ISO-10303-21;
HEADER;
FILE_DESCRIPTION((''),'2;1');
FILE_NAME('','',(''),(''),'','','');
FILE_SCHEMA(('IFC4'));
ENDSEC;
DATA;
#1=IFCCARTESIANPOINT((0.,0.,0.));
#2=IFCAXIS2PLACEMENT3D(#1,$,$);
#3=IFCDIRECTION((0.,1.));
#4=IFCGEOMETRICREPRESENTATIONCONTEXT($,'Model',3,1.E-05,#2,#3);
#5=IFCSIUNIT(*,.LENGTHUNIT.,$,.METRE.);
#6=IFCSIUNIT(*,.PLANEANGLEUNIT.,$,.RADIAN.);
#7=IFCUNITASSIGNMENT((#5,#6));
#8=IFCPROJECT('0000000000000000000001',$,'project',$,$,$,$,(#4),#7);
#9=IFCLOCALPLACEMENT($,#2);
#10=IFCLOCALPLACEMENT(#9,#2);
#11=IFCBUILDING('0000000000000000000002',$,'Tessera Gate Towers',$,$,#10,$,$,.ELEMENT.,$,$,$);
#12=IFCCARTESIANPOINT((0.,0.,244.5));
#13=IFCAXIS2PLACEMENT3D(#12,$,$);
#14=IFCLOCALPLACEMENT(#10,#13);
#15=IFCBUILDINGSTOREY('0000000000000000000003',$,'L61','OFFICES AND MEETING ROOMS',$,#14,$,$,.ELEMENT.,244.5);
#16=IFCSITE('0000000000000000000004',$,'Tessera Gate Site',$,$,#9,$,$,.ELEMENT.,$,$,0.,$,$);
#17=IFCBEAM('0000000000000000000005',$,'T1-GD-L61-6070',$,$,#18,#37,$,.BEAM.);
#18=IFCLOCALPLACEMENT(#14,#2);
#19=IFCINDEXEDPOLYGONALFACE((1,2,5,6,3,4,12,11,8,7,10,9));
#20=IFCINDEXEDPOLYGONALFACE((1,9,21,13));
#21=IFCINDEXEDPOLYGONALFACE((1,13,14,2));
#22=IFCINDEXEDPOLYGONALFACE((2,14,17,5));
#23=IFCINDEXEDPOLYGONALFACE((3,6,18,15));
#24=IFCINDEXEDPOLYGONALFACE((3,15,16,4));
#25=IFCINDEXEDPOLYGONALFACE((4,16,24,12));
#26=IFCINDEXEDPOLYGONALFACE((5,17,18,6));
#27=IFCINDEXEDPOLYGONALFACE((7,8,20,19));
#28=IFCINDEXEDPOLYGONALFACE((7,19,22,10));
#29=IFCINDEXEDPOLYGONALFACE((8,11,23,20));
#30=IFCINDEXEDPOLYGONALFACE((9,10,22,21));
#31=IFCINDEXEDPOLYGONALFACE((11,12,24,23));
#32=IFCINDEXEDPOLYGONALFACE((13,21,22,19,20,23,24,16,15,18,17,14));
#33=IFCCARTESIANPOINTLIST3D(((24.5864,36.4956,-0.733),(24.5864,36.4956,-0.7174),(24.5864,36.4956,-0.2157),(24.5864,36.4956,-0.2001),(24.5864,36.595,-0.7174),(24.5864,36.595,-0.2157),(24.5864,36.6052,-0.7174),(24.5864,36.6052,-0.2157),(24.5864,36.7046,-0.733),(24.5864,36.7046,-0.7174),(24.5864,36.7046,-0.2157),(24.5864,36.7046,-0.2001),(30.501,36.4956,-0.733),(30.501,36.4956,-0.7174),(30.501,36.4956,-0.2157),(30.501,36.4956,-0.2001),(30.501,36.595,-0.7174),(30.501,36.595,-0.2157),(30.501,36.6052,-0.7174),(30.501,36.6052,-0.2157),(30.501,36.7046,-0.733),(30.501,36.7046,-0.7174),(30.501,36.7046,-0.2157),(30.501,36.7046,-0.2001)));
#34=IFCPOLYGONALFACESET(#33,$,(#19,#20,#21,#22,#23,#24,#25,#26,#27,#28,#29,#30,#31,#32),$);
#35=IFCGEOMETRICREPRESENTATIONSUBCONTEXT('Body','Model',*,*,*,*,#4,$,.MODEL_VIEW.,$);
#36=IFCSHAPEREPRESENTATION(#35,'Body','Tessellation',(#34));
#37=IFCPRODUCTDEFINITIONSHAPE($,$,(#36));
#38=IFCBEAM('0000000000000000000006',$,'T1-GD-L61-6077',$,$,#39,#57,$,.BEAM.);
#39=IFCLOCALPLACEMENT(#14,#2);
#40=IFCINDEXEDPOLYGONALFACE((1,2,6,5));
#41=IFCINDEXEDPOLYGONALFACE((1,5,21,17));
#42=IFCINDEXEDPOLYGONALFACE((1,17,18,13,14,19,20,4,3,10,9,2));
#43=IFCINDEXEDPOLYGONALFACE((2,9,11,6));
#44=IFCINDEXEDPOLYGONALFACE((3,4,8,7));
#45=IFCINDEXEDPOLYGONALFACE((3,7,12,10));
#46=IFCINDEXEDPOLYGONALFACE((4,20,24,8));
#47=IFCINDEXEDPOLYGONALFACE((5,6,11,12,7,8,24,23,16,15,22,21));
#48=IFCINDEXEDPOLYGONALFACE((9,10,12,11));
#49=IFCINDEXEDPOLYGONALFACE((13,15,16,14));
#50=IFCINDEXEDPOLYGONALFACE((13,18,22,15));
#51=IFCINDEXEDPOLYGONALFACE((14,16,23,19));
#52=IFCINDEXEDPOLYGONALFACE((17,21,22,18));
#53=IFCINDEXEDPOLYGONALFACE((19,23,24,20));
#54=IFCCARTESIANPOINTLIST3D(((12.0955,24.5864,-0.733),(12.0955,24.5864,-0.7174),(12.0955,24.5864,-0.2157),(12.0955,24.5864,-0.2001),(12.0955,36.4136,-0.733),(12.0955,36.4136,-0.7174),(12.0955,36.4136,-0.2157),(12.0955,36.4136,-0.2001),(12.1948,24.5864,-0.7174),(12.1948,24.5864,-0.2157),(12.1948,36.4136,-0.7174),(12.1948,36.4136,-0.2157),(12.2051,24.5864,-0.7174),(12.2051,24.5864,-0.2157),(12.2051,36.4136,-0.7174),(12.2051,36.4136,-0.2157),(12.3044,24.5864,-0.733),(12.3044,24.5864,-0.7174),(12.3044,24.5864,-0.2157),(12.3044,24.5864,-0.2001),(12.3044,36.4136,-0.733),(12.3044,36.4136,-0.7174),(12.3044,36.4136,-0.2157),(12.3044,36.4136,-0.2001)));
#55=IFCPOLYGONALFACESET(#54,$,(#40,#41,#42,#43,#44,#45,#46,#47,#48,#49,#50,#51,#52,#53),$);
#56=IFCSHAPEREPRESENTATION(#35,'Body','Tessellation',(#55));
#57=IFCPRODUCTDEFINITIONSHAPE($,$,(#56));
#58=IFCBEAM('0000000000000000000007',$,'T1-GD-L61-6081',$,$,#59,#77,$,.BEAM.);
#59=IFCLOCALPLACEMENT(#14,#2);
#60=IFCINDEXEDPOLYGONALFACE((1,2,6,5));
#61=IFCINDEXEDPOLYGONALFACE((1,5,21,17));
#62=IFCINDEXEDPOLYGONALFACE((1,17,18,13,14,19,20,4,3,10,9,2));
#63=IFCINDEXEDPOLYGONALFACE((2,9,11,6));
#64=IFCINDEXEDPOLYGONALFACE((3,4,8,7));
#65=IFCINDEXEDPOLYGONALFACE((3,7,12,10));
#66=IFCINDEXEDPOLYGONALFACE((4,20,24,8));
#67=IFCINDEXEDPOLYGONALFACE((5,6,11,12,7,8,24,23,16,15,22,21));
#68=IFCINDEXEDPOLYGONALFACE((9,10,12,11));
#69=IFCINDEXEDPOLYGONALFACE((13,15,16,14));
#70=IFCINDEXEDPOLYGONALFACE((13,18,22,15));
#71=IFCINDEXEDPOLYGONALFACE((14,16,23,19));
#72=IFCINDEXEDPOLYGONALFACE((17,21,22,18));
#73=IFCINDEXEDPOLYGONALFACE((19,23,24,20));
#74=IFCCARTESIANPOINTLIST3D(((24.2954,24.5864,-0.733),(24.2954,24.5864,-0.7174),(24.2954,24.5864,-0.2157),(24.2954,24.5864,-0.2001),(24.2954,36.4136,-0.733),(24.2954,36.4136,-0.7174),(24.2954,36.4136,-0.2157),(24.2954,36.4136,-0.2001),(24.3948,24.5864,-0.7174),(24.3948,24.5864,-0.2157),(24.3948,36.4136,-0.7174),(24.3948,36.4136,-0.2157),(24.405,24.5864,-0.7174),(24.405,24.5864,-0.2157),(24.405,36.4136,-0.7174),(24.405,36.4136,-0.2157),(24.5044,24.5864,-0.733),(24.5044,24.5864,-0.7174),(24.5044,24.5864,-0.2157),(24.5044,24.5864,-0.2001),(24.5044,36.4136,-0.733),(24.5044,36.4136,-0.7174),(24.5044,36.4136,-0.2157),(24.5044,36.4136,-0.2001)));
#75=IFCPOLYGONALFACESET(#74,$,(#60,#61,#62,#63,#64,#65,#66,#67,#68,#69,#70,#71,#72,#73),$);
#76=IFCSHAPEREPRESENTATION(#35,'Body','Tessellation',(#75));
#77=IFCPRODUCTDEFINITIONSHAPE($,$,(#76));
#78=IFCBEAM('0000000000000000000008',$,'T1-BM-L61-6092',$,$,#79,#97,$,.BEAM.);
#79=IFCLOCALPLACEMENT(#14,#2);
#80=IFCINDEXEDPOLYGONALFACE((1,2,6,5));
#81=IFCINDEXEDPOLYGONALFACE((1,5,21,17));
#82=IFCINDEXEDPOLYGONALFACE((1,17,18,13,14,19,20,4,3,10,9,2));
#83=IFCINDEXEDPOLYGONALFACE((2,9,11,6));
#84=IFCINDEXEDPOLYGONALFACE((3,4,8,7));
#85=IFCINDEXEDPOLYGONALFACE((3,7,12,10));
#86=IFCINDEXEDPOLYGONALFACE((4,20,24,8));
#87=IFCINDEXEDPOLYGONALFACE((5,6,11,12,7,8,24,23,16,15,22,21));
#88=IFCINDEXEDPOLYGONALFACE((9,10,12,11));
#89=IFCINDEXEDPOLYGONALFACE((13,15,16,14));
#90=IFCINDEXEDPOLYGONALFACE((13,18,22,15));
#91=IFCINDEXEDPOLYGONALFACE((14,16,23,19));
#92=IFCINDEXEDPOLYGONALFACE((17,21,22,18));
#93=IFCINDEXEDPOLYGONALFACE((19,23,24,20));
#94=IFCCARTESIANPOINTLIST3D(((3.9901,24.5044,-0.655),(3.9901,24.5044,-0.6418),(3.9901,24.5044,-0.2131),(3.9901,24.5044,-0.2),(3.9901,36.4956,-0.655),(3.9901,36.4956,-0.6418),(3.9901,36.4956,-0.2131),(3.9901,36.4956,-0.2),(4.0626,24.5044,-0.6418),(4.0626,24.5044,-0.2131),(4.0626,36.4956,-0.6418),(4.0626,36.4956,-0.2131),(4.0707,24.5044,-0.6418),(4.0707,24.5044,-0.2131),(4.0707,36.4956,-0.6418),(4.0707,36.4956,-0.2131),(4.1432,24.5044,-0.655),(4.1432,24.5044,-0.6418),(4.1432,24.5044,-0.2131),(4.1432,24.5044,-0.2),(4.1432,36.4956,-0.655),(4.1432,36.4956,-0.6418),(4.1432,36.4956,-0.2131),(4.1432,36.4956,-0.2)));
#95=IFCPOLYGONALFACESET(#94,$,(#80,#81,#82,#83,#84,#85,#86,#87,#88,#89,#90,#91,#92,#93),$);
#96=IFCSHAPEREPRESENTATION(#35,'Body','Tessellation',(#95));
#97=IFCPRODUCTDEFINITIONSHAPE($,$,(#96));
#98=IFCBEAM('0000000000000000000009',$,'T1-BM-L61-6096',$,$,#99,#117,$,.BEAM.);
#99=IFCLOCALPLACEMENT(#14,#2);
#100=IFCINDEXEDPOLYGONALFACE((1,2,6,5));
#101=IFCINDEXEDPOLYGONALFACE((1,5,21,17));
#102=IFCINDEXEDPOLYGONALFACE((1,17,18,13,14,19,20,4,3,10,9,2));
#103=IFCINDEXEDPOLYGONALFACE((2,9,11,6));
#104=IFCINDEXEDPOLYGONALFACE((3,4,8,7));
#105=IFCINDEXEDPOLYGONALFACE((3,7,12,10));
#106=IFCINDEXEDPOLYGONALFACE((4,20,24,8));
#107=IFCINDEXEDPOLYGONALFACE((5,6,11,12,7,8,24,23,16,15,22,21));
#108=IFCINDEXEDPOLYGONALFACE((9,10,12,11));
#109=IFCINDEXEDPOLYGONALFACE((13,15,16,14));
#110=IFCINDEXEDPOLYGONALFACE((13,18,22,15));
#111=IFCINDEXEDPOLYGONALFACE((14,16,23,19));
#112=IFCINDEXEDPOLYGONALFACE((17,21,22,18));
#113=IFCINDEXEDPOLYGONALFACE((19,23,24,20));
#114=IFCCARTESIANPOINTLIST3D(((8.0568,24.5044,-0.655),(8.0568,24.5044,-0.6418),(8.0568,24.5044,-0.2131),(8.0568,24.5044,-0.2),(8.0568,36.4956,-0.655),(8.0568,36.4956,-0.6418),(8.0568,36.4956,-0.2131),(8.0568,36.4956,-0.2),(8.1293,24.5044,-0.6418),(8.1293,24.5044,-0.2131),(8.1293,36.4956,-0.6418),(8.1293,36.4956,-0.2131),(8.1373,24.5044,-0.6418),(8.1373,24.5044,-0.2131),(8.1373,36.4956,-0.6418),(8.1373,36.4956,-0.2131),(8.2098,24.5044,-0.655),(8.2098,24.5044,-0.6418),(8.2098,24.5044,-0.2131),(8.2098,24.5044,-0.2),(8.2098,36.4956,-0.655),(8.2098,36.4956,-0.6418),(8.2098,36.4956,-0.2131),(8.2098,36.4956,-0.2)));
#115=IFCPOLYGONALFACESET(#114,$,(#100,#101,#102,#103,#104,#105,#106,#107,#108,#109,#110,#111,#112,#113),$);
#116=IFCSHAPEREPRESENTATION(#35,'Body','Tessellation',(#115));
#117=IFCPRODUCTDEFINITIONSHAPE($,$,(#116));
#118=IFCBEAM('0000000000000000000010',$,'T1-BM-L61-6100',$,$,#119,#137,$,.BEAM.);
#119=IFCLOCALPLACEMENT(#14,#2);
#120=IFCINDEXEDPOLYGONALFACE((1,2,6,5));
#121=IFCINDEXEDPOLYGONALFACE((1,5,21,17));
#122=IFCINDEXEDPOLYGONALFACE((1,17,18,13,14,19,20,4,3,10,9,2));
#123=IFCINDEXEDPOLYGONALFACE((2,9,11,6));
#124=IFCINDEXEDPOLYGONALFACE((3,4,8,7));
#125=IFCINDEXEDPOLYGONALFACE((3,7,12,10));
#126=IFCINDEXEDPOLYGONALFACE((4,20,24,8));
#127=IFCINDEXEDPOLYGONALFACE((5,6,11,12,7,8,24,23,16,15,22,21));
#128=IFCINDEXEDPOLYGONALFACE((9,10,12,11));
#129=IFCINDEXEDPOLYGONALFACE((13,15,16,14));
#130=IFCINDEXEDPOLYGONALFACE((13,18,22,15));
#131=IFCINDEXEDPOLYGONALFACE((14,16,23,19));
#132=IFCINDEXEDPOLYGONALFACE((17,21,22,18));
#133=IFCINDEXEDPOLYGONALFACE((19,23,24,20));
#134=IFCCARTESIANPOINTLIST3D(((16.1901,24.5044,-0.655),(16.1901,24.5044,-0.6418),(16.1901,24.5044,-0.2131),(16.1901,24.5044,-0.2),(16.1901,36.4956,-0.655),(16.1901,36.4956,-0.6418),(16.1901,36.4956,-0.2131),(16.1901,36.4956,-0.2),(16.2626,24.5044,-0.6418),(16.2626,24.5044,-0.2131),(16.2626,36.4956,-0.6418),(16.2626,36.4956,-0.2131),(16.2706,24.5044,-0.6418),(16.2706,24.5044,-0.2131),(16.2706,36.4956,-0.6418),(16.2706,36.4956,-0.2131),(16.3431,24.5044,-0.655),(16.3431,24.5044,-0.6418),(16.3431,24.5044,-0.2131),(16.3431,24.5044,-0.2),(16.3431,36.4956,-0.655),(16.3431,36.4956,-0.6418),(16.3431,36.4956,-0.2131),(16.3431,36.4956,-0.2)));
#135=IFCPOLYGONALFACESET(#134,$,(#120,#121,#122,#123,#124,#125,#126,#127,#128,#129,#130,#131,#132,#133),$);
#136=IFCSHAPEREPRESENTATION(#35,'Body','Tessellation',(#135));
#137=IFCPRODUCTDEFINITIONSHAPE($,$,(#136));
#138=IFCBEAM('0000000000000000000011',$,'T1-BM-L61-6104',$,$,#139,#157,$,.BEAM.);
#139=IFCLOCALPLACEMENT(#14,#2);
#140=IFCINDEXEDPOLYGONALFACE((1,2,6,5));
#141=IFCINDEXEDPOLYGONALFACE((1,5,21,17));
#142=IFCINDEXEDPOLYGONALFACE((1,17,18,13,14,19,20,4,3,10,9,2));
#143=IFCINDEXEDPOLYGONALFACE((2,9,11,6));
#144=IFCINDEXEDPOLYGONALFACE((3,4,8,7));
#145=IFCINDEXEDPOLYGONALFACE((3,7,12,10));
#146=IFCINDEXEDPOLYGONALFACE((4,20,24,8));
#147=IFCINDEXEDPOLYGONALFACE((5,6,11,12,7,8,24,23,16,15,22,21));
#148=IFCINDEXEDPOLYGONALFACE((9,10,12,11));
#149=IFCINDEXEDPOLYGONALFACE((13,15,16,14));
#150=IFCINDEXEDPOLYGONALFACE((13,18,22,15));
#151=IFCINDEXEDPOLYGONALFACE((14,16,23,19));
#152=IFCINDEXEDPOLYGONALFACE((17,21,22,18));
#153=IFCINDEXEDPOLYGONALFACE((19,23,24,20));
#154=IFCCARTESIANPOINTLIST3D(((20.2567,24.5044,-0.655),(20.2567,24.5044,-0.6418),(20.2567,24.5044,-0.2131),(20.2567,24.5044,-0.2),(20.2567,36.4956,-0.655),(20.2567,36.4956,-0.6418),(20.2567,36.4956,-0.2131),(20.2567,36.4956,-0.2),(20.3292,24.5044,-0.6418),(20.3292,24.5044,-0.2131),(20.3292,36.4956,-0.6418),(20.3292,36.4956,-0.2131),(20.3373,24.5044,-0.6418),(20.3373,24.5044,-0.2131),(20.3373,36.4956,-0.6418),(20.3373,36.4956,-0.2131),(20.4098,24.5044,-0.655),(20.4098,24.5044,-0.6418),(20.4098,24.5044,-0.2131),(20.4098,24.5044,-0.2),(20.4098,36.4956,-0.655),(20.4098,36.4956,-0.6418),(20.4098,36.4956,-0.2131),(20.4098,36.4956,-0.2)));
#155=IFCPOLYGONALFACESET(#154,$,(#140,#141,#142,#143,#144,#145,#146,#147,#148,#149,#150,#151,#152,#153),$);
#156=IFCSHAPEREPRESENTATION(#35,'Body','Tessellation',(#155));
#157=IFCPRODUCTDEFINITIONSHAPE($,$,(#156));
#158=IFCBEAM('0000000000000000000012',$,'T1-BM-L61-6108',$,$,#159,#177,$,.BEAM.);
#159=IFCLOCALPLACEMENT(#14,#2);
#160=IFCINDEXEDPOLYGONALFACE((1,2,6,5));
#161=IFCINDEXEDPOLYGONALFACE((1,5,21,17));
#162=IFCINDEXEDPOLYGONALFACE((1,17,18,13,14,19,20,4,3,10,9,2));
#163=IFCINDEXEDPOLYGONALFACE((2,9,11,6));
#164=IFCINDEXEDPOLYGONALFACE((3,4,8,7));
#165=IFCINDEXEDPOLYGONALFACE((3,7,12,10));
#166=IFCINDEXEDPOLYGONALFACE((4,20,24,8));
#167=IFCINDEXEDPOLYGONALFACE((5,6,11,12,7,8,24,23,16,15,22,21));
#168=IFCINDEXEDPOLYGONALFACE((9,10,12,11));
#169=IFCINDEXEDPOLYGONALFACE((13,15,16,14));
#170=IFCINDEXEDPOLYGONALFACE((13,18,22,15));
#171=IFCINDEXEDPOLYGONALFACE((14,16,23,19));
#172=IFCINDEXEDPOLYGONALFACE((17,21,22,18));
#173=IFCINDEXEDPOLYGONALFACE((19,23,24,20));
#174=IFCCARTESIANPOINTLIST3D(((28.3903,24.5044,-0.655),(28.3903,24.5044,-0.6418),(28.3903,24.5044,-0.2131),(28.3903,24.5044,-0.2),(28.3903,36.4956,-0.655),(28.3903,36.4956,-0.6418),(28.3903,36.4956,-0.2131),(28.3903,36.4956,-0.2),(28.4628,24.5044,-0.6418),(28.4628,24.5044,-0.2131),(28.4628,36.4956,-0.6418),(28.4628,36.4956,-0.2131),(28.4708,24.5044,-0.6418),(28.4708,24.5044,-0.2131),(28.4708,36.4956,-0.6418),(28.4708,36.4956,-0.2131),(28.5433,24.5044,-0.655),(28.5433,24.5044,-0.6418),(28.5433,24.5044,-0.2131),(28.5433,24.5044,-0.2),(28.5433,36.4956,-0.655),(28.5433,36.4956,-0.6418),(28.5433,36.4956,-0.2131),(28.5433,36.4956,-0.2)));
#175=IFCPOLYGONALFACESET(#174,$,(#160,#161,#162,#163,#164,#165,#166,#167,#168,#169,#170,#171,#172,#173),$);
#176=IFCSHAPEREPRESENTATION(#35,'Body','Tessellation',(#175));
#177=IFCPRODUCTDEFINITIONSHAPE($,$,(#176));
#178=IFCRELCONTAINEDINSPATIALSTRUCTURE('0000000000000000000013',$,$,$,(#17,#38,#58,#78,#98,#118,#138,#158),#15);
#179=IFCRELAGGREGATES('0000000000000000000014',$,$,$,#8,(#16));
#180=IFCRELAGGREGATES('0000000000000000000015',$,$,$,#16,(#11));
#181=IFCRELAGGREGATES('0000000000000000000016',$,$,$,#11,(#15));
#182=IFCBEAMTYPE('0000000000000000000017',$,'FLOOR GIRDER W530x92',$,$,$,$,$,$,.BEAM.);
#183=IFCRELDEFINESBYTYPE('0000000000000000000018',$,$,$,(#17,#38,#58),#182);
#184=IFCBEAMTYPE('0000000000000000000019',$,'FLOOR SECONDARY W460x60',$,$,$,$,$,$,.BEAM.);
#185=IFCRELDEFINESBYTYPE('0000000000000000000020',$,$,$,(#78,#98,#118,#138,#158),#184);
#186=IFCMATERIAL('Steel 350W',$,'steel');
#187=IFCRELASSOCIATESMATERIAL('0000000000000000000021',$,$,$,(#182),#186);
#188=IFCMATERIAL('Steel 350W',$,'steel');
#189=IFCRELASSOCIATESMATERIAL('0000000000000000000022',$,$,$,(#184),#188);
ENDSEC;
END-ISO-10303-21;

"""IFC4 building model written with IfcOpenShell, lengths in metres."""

from ifc_helpers import new_model, si_unit, direction, frame, origin, origin_2d, place, context, subcontext, project, spatial, i_section, extrude, material, material_profile, profile_set, type_object, element, save


model = new_model("IFC4")

# Units and contexts
model_context = context("Model", 3, precision=1e-05, world=origin(), true_north=direction((0.0, 1.0)))
body_context = subcontext(model_context, "Body", "Model", "MODEL_VIEW")
ifc_project = project(units=[si_unit("LENGTHUNIT", "METRE"), si_unit("PLANEANGLEUNIT", "RADIAN")], contexts=[model_context])

# Site, building, storey
site_placement = place(None, origin())
site = spatial("IfcSite", under=ifc_project, at=site_placement, Name="Tessera Gate Site", CompositionType="ELEMENT", RefElevation=0.0)
building_placement = place(site_placement, origin())
building = spatial("IfcBuilding", under=site, at=building_placement, Name="Tessera Gate Towers", CompositionType="ELEMENT")
storey_placement = place(building_placement, frame((0.0, 0.0, 244.5)))
storey = spatial("IfcBuildingStorey", under=building, at=storey_placement, Name="L61", Description="OFFICES AND MEETING ROOMS", CompositionType="ELEMENT", Elevation=244.5)

# Beams
ifc_material_1 = material(Name="Steel 350W", Category="steel")
ifc_material_profile_1 = material_profile(ifc_material_1, i_section(OverallWidth=0.209, OverallDepth=0.533, WebThickness=0.0103, FlangeThickness=0.0156, at=origin_2d()), Name="W530x92")
ifc_profile_set_1 = profile_set([ifc_material_profile_1], Name="Steel 350W")
beam_type_1 = type_object("IfcBeamType", Name="FLOOR GIRDER W530x92", PredefinedType="BEAM", material=ifc_profile_set_1)
beam_1_placement = place(storey_placement, frame((24.5864, 36.6001, -0.4666), z_axis=(1.0, 0.0, 0.0), x_axis=(0.0, 1.0, 0.0)))
element("IfcBeam", 1, at=beam_1_placement, inside=storey, type_object=beam_type_1, Name="T1-GD-L61-6070", PredefinedType="BEAM", context=body_context, shape_type="SweptSolid", body=[
    extrude(i_section(OverallWidth=0.209, OverallDepth=0.533, WebThickness=0.0103, FlangeThickness=0.0156, at=origin_2d()), origin(), (0.0, 0.0, 1.0), 5.9146),
])
for number, where, z_axis, x_axis, name in (
    (2, (12.2, 24.5864, -0.4666), (0.0, 1.0, 0.0), (-1.0, 0.0, 0.0), "T1-GD-L61-6077"),
    (3, (24.3999, 24.5864, -0.4666), (0.0, 1.0, 0.0), (-1.0, 0.0, 0.0), "T1-GD-L61-6081"),
):
    element("IfcBeam", number, at=place(storey_placement, frame(where, z_axis=z_axis, x_axis=x_axis)), inside=storey, type_object=beam_type_1, Name=name, PredefinedType="BEAM", context=body_context, shape_type="SweptSolid", body=[
        extrude(i_section(OverallWidth=0.209, OverallDepth=0.533, WebThickness=0.0103, FlangeThickness=0.0156, at=origin_2d()), origin(), (0.0, 0.0, 1.0), 11.8271),
    ])
ifc_material_2 = material(Name="Steel 350W", Category="steel")
ifc_material_profile_2 = material_profile(ifc_material_2, i_section(OverallWidth=0.1531, OverallDepth=0.4551, WebThickness=0.0081, FlangeThickness=0.0132, at=origin_2d()), Name="W460x60")
ifc_profile_set_2 = profile_set([ifc_material_profile_2], Name="Steel 350W")
beam_type_2 = type_object("IfcBeamType", Name="FLOOR SECONDARY W460x60", PredefinedType="BEAM", material=ifc_profile_set_2)
for number, where, z_axis, x_axis, name in (
    (4, (4.0667, 24.5044, -0.4275), (0.0, 1.0, 0.0), (-1.0, 0.0, 0.0), "T1-BM-L61-6092"),
    (5, (8.1333, 24.5044, -0.4275), (0.0, 1.0, 0.0), (-1.0, 0.0, 0.0), "T1-BM-L61-6096"),
    (6, (16.2666, 24.5044, -0.4275), (0.0, 1.0, 0.0), (-1.0, 0.0, 0.0), "T1-BM-L61-6100"),
    (7, (20.3333, 24.5044, -0.4275), (0.0, 1.0, 0.0), (-1.0, 0.0, 0.0), "T1-BM-L61-6104"),
    (8, (28.4668, 24.5044, -0.4275), (0.0, 1.0, 0.0), (-1.0, 0.0, 0.0), "T1-BM-L61-6108"),
):
    element("IfcBeam", number, at=place(storey_placement, frame(where, z_axis=z_axis, x_axis=x_axis)), inside=storey, type_object=beam_type_2, Name=name, PredefinedType="BEAM", context=body_context, shape_type="SweptSolid", body=[
        extrude(i_section(OverallWidth=0.1531, OverallDepth=0.4551, WebThickness=0.0081, FlangeThickness=0.0132, at=origin_2d()), origin(), (0.0, 0.0, 1.0), 11.9912),
    ])

save(model, "model.ifc")
